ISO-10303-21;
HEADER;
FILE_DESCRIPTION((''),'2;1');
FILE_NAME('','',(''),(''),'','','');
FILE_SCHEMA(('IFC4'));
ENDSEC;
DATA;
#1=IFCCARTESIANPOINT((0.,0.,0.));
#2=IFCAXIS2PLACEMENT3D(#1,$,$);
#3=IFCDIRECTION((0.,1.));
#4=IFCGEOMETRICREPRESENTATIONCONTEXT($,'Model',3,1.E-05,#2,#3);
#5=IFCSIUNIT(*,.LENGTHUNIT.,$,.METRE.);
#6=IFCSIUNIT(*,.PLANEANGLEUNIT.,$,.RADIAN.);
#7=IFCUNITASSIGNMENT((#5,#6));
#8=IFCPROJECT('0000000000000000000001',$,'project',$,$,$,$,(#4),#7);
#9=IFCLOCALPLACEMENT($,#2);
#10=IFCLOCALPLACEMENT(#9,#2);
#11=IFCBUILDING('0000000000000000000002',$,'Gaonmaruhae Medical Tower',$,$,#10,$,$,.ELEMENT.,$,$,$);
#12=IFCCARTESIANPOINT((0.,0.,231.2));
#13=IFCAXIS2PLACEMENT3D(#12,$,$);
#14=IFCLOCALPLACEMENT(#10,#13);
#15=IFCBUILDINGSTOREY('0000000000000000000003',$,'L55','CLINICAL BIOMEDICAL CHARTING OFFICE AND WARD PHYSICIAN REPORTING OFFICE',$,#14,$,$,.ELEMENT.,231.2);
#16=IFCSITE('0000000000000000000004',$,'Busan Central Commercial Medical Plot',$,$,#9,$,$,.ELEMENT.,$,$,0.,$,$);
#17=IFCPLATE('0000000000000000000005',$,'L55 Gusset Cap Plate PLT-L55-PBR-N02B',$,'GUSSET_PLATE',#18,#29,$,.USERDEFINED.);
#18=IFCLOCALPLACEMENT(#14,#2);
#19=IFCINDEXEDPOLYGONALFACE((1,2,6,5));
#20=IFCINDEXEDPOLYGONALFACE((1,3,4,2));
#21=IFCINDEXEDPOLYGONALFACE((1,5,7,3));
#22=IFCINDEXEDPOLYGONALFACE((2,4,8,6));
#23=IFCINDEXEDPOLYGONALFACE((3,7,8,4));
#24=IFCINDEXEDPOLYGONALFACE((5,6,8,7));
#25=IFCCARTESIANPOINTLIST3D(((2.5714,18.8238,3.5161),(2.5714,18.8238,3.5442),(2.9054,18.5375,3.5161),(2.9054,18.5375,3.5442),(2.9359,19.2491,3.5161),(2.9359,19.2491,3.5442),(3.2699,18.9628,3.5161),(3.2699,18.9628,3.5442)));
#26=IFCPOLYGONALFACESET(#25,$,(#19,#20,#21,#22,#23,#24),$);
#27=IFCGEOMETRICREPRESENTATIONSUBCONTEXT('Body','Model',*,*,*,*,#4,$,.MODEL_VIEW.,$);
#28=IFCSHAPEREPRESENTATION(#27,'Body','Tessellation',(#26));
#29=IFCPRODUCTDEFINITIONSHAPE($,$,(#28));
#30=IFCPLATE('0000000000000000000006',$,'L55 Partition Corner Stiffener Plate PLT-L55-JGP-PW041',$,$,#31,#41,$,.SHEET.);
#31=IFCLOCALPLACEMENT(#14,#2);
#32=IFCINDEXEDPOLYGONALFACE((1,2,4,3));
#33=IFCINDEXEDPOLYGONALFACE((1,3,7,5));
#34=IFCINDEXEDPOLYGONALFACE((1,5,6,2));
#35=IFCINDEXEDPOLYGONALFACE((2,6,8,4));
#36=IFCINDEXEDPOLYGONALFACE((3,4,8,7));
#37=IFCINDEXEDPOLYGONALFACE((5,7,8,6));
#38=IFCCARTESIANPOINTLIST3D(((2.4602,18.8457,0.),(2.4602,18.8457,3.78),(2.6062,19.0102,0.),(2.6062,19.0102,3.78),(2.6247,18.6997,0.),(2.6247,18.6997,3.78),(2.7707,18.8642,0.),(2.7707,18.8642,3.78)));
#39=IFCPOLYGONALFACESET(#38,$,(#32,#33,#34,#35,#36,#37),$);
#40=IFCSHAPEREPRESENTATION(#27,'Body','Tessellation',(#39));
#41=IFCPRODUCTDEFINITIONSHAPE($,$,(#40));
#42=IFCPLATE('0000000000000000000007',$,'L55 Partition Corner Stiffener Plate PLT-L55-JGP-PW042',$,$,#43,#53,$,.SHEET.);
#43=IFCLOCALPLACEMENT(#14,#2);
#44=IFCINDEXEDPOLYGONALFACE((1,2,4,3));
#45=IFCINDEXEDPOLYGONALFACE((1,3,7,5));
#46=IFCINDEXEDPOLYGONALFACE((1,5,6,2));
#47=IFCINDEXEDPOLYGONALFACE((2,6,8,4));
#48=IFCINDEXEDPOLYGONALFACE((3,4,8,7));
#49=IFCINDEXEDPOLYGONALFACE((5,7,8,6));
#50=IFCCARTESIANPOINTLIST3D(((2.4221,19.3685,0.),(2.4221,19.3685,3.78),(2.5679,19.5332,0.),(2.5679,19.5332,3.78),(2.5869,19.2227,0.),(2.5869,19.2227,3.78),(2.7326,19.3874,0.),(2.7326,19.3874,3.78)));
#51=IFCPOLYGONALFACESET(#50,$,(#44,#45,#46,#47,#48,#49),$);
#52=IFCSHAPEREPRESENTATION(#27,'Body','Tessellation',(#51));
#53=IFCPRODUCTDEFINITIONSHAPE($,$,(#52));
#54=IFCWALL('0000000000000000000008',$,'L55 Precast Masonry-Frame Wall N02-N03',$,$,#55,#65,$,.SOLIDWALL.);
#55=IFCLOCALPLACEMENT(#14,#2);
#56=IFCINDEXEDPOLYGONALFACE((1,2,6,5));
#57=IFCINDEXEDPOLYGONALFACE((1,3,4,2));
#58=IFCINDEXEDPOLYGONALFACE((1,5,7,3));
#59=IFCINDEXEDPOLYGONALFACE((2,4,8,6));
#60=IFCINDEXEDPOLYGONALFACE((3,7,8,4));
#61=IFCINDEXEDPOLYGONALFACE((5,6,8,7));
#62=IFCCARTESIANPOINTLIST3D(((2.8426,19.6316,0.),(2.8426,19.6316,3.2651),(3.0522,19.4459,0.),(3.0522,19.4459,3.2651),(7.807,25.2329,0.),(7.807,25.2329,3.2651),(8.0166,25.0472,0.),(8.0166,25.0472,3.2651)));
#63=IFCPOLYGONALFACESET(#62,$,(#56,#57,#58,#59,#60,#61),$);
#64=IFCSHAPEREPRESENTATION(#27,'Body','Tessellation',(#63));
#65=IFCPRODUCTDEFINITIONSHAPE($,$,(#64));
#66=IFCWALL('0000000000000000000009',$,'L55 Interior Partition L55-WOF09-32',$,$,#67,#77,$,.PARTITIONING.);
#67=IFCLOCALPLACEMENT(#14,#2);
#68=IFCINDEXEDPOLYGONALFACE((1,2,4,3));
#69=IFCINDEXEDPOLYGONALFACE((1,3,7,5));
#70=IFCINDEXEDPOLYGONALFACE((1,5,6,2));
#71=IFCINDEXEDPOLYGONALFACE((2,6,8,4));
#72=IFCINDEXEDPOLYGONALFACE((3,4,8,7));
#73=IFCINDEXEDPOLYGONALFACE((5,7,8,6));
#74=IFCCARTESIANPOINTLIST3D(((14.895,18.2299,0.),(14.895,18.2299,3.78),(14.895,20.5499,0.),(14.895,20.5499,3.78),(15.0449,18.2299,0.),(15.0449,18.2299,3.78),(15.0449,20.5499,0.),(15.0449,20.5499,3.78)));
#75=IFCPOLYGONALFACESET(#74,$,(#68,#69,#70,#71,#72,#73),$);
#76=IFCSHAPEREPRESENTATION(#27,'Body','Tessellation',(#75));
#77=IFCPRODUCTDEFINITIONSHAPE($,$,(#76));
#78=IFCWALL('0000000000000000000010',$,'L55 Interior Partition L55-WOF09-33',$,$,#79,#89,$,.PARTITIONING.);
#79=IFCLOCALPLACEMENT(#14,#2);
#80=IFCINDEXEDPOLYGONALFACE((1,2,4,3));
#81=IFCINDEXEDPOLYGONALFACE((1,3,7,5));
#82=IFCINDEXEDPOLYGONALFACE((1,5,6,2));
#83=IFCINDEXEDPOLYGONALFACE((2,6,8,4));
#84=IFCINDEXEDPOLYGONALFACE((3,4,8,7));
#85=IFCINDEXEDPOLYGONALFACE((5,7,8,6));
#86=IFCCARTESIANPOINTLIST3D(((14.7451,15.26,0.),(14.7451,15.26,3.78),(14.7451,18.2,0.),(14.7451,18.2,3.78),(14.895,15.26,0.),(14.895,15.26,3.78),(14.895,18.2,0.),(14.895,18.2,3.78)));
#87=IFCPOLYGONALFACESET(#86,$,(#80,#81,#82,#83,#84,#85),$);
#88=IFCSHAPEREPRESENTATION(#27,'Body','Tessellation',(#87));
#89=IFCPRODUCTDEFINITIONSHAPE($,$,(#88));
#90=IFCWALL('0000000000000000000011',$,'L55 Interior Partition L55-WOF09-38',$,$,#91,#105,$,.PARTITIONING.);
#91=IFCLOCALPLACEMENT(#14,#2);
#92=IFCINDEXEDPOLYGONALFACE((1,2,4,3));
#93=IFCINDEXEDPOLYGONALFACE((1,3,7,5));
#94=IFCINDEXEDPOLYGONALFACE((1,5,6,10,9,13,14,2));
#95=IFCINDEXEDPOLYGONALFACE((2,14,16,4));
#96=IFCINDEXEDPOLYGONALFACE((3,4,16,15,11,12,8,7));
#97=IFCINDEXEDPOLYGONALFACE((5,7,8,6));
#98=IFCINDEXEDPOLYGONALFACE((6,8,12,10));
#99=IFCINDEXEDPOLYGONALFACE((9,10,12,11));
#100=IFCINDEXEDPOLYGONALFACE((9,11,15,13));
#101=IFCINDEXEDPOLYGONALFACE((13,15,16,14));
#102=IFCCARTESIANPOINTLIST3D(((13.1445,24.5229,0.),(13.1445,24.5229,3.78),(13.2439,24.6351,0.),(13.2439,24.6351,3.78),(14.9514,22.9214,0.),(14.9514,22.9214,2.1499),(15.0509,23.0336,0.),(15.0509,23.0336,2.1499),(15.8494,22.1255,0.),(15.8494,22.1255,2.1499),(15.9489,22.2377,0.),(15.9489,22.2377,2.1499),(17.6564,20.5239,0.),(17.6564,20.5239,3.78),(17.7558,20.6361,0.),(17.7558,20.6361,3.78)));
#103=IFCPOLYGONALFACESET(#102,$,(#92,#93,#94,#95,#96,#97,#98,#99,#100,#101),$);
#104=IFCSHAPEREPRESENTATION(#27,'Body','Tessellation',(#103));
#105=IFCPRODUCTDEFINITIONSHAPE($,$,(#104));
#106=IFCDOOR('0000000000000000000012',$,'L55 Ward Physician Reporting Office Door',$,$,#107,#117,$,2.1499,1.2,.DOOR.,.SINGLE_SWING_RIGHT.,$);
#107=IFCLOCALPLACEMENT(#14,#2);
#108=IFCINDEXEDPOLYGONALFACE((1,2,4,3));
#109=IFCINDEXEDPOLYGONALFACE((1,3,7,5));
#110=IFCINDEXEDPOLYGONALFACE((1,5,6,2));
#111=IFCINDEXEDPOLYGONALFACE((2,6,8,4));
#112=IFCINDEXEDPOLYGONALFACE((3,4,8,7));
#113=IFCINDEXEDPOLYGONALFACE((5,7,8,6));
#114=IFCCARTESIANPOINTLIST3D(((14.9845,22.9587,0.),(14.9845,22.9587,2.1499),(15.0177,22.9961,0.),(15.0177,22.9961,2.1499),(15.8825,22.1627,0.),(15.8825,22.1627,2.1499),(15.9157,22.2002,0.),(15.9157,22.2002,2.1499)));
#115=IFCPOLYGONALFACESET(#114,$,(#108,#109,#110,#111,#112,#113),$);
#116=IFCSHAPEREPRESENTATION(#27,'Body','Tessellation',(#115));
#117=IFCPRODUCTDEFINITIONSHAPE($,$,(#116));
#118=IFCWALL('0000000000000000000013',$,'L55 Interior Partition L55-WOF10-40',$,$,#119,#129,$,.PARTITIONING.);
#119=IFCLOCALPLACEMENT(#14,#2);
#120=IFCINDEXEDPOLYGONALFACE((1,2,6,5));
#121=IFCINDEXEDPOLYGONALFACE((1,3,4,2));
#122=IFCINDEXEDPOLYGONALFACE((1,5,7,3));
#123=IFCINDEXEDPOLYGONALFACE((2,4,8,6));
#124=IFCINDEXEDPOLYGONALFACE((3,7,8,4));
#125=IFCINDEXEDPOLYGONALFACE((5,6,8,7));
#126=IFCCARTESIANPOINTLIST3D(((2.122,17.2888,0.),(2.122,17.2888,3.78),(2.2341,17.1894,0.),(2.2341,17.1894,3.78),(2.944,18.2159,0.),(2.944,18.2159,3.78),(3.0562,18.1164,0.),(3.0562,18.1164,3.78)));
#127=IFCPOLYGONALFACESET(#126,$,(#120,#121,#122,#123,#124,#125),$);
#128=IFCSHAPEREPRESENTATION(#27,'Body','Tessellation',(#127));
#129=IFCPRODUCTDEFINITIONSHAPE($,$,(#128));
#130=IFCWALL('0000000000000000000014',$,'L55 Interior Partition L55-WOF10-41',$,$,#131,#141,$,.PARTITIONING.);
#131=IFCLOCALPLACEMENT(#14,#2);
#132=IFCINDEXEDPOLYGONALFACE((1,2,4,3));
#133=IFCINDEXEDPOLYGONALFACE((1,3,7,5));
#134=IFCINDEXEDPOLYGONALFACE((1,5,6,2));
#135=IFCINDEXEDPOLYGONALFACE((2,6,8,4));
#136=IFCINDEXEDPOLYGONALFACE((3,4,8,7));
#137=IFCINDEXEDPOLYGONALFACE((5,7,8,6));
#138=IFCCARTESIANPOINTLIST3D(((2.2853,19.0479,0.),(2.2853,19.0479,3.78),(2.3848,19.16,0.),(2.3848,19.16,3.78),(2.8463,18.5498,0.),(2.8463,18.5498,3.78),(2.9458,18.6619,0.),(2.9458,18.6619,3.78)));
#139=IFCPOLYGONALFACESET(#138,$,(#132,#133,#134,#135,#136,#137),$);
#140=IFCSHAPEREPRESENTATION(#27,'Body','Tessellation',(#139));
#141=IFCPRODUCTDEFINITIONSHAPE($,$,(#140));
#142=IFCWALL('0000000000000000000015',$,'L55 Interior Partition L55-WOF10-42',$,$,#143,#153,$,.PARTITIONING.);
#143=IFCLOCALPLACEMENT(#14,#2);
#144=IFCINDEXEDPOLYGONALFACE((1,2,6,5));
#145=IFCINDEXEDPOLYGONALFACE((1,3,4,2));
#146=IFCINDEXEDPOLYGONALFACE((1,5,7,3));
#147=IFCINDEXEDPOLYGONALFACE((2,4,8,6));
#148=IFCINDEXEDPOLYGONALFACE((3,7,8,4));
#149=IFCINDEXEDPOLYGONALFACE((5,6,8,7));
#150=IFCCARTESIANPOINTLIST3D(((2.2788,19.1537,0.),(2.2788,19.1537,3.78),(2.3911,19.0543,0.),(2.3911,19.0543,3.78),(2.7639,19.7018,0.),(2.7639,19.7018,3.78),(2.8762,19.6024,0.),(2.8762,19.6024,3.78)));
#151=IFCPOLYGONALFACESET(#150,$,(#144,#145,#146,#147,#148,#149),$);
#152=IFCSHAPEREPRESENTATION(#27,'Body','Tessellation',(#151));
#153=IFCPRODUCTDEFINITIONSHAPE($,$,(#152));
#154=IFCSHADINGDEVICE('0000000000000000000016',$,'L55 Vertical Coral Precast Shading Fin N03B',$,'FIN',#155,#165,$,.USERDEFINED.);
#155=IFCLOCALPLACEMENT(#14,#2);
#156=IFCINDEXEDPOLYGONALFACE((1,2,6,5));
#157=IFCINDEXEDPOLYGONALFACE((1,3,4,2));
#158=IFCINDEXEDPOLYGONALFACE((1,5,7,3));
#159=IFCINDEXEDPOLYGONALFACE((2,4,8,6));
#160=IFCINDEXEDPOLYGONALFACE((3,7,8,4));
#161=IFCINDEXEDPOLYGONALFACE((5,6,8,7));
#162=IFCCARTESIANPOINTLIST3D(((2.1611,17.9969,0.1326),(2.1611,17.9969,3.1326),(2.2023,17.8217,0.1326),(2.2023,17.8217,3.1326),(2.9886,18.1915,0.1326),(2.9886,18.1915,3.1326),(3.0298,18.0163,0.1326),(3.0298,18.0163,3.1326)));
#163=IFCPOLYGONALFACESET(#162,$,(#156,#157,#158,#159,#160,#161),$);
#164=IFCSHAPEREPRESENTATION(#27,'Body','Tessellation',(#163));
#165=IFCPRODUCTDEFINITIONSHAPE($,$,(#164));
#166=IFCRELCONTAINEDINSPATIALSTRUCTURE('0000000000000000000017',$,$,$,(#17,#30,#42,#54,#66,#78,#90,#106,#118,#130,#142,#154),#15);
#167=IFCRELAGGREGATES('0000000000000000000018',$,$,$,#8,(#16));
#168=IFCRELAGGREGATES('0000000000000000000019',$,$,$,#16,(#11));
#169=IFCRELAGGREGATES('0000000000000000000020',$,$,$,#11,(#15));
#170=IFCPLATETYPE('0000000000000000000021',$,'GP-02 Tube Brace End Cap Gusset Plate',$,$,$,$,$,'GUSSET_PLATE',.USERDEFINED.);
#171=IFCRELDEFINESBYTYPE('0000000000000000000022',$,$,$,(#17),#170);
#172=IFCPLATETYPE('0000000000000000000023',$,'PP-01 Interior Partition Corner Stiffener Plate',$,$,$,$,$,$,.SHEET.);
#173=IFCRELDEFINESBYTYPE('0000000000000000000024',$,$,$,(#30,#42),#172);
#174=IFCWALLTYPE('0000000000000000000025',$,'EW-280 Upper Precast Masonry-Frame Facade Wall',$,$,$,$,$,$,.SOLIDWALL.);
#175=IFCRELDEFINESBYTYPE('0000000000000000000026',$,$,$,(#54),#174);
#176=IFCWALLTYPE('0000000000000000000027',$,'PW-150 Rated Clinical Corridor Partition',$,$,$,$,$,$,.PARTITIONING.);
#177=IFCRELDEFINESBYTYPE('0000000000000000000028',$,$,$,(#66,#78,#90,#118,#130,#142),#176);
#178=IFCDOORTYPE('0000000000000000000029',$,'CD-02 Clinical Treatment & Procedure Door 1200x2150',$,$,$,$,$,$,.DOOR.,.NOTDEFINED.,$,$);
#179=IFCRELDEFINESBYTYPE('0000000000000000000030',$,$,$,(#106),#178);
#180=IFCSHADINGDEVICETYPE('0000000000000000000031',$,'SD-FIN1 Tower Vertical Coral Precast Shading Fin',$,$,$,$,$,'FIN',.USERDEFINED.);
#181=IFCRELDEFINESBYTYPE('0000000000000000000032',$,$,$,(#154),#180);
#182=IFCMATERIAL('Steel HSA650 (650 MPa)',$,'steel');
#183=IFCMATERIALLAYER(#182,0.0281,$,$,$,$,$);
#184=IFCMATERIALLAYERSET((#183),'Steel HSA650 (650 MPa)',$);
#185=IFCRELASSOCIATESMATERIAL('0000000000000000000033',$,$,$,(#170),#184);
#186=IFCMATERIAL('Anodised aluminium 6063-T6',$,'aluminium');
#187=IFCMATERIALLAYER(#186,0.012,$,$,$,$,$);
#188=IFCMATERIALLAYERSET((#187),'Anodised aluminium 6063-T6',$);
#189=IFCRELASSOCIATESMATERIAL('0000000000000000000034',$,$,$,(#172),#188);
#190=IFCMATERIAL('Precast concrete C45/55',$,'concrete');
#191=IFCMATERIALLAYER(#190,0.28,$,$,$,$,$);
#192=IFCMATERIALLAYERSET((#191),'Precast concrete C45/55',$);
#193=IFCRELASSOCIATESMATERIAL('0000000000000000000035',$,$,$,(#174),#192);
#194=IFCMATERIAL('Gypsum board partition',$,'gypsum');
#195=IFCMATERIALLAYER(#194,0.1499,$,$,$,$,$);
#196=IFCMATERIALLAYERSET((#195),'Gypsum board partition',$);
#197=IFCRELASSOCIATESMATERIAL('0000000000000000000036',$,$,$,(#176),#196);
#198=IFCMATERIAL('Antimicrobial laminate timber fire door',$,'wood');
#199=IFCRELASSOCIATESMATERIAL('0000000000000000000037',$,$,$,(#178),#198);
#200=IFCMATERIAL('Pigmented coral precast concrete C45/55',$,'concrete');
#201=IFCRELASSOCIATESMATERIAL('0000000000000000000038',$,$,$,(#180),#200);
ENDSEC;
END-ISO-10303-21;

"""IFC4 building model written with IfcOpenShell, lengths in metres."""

from ifc_helpers import new_model, si_unit, direction, frame, frame_2d, origin, origin_2d, place, context, subcontext, project, spatial, rectangle, extrude, material, layer, layer_set, type_object, element, fill, save


model = new_model("IFC4")

# Units and contexts
model_context = context("Model", 3, precision=1e-05, world=origin(), true_north=direction((0.0, 1.0)))
body_context = subcontext(model_context, "Body", "Model", "MODEL_VIEW")
ifc_project = project(units=[si_unit("LENGTHUNIT", "METRE"), si_unit("PLANEANGLEUNIT", "RADIAN")], contexts=[model_context])

# Site, building, storey
site_placement = place(None, origin())
site = spatial("IfcSite", under=ifc_project, at=site_placement, Name="Busan Central Commercial Medical Plot", CompositionType="ELEMENT", RefElevation=0.0)
building_placement = place(site_placement, origin())
building = spatial("IfcBuilding", under=site, at=building_placement, Name="Gaonmaruhae Medical Tower", CompositionType="ELEMENT")
storey_placement = place(building_placement, frame((0.0, 0.0, 231.2)))
storey = spatial("IfcBuildingStorey", under=building, at=storey_placement, Name="L55", Description="CLINICAL BIOMEDICAL CHARTING OFFICE AND WARD PHYSICIAN REPORTING OFFICE", CompositionType="ELEMENT", Elevation=231.2)

# Plates
ifc_material_1 = material(Name="Steel HSA650 (650 MPa)", Category="steel")
ifc_layer_1 = layer(ifc_material_1, 0.0281)
ifc_layer_set_1 = layer_set([ifc_layer_1], Name="Steel HSA650 (650 MPa)")
plate_type_1 = type_object("IfcPlateType", Name="GP-02 Tube Brace End Cap Gusset Plate", ElementType="GUSSET_PLATE", PredefinedType="USERDEFINED", material=ifc_layer_set_1)
plate_placement = place(storey_placement, frame((2.9207, 18.8933, 3.5161), z_axis=(0.0, 0.0, 1.0), x_axis=(0.650774, 0.759271, 0.0)))
element("IfcPlate", 1, at=plate_placement, inside=storey, type_object=plate_type_1, Name="L55 Gusset Cap Plate PLT-L55-PBR-N02B", ObjectType="GUSSET_PLATE", PredefinedType="USERDEFINED", context=body_context, shape_type="SweptSolid", body=[
    extrude(rectangle(XDim=0.5601, YDim=0.4399, at=origin_2d()), origin(), (0.0, 0.0, 1.0), 0.0281),
])
ifc_material_2 = material(Name="Anodised aluminium 6063-T6", Category="aluminium")
ifc_layer_2 = layer(ifc_material_2, 0.012)
ifc_layer_set_2 = layer_set([ifc_layer_2], Name="Anodised aluminium 6063-T6")
plate_type_2 = type_object("IfcPlateType", Name="PP-01 Interior Partition Corner Stiffener Plate", PredefinedType="SHEET", material=ifc_layer_set_2)
for number, where, z_axis, x_axis, name in (
    (2, (2.6155, 18.855, 0.0), (0.0, 0.0, 1.0), (-0.747856, 0.663861, 0.0), "L55 Partition Corner Stiffener Plate PLT-L55-JGP-PW041"),
    (3, (2.5774, 19.3779, 0.0), (0.0, 0.0, 1.0), (0.662751, 0.74884, 0.0), "L55 Partition Corner Stiffener Plate PLT-L55-JGP-PW042"),
):
    element("IfcPlate", number, at=place(storey_placement, frame(where, z_axis=z_axis, x_axis=x_axis)), inside=storey, type_object=plate_type_2, Name=name, PredefinedType="SHEET", context=body_context, shape_type="SweptSolid", body=[
        extrude(rectangle(XDim=0.22, YDim=0.22, at=origin_2d()), origin(), (0.0, 0.0, 1.0), 3.78),
    ])

# Walls
ifc_material_3 = material(Name="Precast concrete C45/55", Category="concrete")
ifc_layer_3 = layer(ifc_material_3, 0.28)
ifc_layer_set_3 = layer_set([ifc_layer_3], Name="Precast concrete C45/55")
wall_type_1 = type_object("IfcWallType", Name="EW-280 Upper Precast Masonry-Frame Facade Wall", PredefinedType="SOLIDWALL", material=ifc_layer_set_3)
wall_1_placement = place(storey_placement, frame((2.9475, 19.5388, 0.0), z_axis=(0.0, 0.0, 1.0), x_axis=(0.663274, 0.748377, 0.0)))
element("IfcWall", 4, at=wall_1_placement, inside=storey, type_object=wall_type_1, Name="L55 Precast Masonry-Frame Wall N02-N03", PredefinedType="SOLIDWALL", context=body_context, shape_type="SweptSolid", body=[
    extrude(rectangle(XDim=7.4846, YDim=0.28, at=frame_2d((3.7422, 0.0))), origin(), (0.0, 0.0, 1.0), 3.2651),
])
ifc_material_4 = material(Name="Gypsum board partition", Category="gypsum")
ifc_layer_4 = layer(ifc_material_4, 0.1499)
ifc_layer_set_4 = layer_set([ifc_layer_4], Name="Gypsum board partition")
wall_type_2 = type_object("IfcWallType", Name="PW-150 Rated Clinical Corridor Partition", PredefinedType="PARTITIONING", material=ifc_layer_set_4)
wall_2_placement = place(storey_placement, frame((14.97, 20.55, 0.0), z_axis=(0.0, 0.0, 1.0), x_axis=(0.0, -1.0, 0.0)))
element("IfcWall", 5, at=wall_2_placement, inside=storey, type_object=wall_type_2, Name="L55 Interior Partition L55-WOF09-32", PredefinedType="PARTITIONING", context=body_context, shape_type="SweptSolid", body=[
    extrude(rectangle(XDim=2.3201, YDim=0.1499, at=frame_2d((1.1602, 0.0))), origin(), (0.0, 0.0, 1.0), 3.78),
])
wall_3_placement = place(storey_placement, frame((14.8201, 18.2, 0.0), z_axis=(0.0, 0.0, 1.0), x_axis=(0.0, -1.0, 0.0)))
element("IfcWall", 6, at=wall_3_placement, inside=storey, type_object=wall_type_2, Name="L55 Interior Partition L55-WOF09-33", PredefinedType="PARTITIONING", context=body_context, shape_type="SweptSolid", body=[
    extrude(rectangle(XDim=2.9399, YDim=0.1499, at=frame_2d((1.47, 0.0))), origin(), (0.0, 0.0, 1.0), 3.78),
])

# Wall, opening, door
wall_4_placement = place(storey_placement, frame((13.1941, 24.5791, 0.0), z_axis=(0.0, 0.0, 1.0), x_axis=(0.748365, -0.663287, 0.0)))
wall_4 = element("IfcWall", 7, at=wall_4_placement, inside=storey, type_object=wall_type_2, Name="L55 Interior Partition L55-WOF09-38", PredefinedType="PARTITIONING", context=body_context, shape_type="SweptSolid", body=[
    extrude(rectangle(XDim=6.0291, YDim=0.1499, at=frame_2d((3.0146, 0.0))), origin(), (0.0, 0.0, 1.0), 3.78),
])
opening_placement = place(wall_4_placement, frame((2.4146, 0.0, 0.0)))
opening = element("IfcOpeningElement", 8, at=opening_placement, cuts=wall_4, PredefinedType="OPENING", context=body_context, shape_type="SweptSolid", body=[
    extrude(rectangle(XDim=1.2, YDim=2.1499, at=frame_2d((0.6001, 1.075))), frame((0.0, 0.085, 0.0), z_axis=(0.0, -1.0, 0.0), x_axis=(1.0, 0.0, 0.0)), (0.0, 0.0, 1.0), 0.1699),
])
ifc_material_5 = material(Name="Antimicrobial laminate timber fire door", Category="wood")
door_type = type_object("IfcDoorType", Name="CD-02 Clinical Treatment & Procedure Door 1200x2150", OperationType="NOTDEFINED", PredefinedType="DOOR", material=ifc_material_5)
door_placement = place(opening_placement, origin())
door = element("IfcDoor", 9, at=door_placement, inside=storey, type_object=door_type, Name="L55 Ward Physician Reporting Office Door", OperationType="SINGLE_SWING_RIGHT", OverallHeight=2.1499, OverallWidth=1.2, PredefinedType="DOOR", context=body_context, shape_type="SweptSolid", body=[
    extrude(rectangle(XDim=1.2, YDim=2.1499, at=frame_2d((0.6001, 1.075))), frame((0.0, 0.0249, 0.0), z_axis=(0.0, -1.0, 0.0), x_axis=(1.0, 0.0, 0.0)), (0.0, 0.0, 1.0), 0.05),
])
fill(opening, door)

# Walls
wall_5_placement = place(storey_placement, frame((2.178, 17.239, 0.0), z_axis=(0.0, 0.0, 1.0), x_axis=(0.663471, 0.748202, 0.0)))
element("IfcWall", 10, at=wall_5_placement, inside=storey, type_object=wall_type_2, Name="L55 Interior Partition L55-WOF10-40", PredefinedType="PARTITIONING", context=body_context, shape_type="SweptSolid", body=[
    extrude(rectangle(XDim=1.239, YDim=0.1499, at=frame_2d((0.6196, 0.0))), origin(), (0.0, 0.0, 1.0), 3.78),
])
wall_6_placement = place(storey_placement, frame((2.896, 18.606, 0.0), z_axis=(0.0, 0.0, 1.0), x_axis=(-0.74784, 0.663879, 0.0)))
element("IfcWall", 11, at=wall_6_placement, inside=storey, type_object=wall_type_2, Name="L55 Interior Partition L55-WOF10-41", PredefinedType="PARTITIONING", context=body_context, shape_type="SweptSolid", body=[
    extrude(rectangle(XDim=0.7502, YDim=0.1499, at=frame_2d((0.375, 0.0))), origin(), (0.0, 0.0, 1.0), 3.78),
])
wall_7_placement = place(storey_placement, frame((2.335, 19.104, 0.0), z_axis=(0.0, 0.0, 1.0), x_axis=(0.662768, 0.748825, 0.0)))
element("IfcWall", 12, at=wall_7_placement, inside=storey, type_object=wall_type_2, Name="L55 Interior Partition L55-WOF10-42", PredefinedType="PARTITIONING", context=body_context, shape_type="SweptSolid", body=[
    extrude(rectangle(XDim=0.7319, YDim=0.1499, at=frame_2d((0.366, 0.0))), origin(), (0.0, 0.0, 1.0), 3.78),
])

# Shading device
ifc_material_6 = material(Name="Pigmented coral precast concrete C45/55", Category="concrete")
shading_device_type = type_object("IfcShadingDeviceType", Name="SD-FIN1 Tower Vertical Coral Precast Shading Fin", ElementType="FIN", PredefinedType="USERDEFINED", material=ifc_material_6)
shading_device_placement = place(storey_placement, frame((2.5955, 18.0066, 0.1326), z_axis=(0.0, 0.0, 1.0), x_axis=(-0.228895, 0.973451, 0.0)))
element("IfcShadingDevice", 13, at=shading_device_placement, inside=storey, type_object=shading_device_type, Name="L55 Vertical Coral Precast Shading Fin N03B", ObjectType="FIN", PredefinedType="USERDEFINED", context=body_context, shape_type="SweptSolid", body=[
    extrude(rectangle(XDim=0.1799, YDim=0.8501, at=origin_2d()), origin(), (0.0, 0.0, 1.0), 3.0),
])

save(model, "model.ifc")
